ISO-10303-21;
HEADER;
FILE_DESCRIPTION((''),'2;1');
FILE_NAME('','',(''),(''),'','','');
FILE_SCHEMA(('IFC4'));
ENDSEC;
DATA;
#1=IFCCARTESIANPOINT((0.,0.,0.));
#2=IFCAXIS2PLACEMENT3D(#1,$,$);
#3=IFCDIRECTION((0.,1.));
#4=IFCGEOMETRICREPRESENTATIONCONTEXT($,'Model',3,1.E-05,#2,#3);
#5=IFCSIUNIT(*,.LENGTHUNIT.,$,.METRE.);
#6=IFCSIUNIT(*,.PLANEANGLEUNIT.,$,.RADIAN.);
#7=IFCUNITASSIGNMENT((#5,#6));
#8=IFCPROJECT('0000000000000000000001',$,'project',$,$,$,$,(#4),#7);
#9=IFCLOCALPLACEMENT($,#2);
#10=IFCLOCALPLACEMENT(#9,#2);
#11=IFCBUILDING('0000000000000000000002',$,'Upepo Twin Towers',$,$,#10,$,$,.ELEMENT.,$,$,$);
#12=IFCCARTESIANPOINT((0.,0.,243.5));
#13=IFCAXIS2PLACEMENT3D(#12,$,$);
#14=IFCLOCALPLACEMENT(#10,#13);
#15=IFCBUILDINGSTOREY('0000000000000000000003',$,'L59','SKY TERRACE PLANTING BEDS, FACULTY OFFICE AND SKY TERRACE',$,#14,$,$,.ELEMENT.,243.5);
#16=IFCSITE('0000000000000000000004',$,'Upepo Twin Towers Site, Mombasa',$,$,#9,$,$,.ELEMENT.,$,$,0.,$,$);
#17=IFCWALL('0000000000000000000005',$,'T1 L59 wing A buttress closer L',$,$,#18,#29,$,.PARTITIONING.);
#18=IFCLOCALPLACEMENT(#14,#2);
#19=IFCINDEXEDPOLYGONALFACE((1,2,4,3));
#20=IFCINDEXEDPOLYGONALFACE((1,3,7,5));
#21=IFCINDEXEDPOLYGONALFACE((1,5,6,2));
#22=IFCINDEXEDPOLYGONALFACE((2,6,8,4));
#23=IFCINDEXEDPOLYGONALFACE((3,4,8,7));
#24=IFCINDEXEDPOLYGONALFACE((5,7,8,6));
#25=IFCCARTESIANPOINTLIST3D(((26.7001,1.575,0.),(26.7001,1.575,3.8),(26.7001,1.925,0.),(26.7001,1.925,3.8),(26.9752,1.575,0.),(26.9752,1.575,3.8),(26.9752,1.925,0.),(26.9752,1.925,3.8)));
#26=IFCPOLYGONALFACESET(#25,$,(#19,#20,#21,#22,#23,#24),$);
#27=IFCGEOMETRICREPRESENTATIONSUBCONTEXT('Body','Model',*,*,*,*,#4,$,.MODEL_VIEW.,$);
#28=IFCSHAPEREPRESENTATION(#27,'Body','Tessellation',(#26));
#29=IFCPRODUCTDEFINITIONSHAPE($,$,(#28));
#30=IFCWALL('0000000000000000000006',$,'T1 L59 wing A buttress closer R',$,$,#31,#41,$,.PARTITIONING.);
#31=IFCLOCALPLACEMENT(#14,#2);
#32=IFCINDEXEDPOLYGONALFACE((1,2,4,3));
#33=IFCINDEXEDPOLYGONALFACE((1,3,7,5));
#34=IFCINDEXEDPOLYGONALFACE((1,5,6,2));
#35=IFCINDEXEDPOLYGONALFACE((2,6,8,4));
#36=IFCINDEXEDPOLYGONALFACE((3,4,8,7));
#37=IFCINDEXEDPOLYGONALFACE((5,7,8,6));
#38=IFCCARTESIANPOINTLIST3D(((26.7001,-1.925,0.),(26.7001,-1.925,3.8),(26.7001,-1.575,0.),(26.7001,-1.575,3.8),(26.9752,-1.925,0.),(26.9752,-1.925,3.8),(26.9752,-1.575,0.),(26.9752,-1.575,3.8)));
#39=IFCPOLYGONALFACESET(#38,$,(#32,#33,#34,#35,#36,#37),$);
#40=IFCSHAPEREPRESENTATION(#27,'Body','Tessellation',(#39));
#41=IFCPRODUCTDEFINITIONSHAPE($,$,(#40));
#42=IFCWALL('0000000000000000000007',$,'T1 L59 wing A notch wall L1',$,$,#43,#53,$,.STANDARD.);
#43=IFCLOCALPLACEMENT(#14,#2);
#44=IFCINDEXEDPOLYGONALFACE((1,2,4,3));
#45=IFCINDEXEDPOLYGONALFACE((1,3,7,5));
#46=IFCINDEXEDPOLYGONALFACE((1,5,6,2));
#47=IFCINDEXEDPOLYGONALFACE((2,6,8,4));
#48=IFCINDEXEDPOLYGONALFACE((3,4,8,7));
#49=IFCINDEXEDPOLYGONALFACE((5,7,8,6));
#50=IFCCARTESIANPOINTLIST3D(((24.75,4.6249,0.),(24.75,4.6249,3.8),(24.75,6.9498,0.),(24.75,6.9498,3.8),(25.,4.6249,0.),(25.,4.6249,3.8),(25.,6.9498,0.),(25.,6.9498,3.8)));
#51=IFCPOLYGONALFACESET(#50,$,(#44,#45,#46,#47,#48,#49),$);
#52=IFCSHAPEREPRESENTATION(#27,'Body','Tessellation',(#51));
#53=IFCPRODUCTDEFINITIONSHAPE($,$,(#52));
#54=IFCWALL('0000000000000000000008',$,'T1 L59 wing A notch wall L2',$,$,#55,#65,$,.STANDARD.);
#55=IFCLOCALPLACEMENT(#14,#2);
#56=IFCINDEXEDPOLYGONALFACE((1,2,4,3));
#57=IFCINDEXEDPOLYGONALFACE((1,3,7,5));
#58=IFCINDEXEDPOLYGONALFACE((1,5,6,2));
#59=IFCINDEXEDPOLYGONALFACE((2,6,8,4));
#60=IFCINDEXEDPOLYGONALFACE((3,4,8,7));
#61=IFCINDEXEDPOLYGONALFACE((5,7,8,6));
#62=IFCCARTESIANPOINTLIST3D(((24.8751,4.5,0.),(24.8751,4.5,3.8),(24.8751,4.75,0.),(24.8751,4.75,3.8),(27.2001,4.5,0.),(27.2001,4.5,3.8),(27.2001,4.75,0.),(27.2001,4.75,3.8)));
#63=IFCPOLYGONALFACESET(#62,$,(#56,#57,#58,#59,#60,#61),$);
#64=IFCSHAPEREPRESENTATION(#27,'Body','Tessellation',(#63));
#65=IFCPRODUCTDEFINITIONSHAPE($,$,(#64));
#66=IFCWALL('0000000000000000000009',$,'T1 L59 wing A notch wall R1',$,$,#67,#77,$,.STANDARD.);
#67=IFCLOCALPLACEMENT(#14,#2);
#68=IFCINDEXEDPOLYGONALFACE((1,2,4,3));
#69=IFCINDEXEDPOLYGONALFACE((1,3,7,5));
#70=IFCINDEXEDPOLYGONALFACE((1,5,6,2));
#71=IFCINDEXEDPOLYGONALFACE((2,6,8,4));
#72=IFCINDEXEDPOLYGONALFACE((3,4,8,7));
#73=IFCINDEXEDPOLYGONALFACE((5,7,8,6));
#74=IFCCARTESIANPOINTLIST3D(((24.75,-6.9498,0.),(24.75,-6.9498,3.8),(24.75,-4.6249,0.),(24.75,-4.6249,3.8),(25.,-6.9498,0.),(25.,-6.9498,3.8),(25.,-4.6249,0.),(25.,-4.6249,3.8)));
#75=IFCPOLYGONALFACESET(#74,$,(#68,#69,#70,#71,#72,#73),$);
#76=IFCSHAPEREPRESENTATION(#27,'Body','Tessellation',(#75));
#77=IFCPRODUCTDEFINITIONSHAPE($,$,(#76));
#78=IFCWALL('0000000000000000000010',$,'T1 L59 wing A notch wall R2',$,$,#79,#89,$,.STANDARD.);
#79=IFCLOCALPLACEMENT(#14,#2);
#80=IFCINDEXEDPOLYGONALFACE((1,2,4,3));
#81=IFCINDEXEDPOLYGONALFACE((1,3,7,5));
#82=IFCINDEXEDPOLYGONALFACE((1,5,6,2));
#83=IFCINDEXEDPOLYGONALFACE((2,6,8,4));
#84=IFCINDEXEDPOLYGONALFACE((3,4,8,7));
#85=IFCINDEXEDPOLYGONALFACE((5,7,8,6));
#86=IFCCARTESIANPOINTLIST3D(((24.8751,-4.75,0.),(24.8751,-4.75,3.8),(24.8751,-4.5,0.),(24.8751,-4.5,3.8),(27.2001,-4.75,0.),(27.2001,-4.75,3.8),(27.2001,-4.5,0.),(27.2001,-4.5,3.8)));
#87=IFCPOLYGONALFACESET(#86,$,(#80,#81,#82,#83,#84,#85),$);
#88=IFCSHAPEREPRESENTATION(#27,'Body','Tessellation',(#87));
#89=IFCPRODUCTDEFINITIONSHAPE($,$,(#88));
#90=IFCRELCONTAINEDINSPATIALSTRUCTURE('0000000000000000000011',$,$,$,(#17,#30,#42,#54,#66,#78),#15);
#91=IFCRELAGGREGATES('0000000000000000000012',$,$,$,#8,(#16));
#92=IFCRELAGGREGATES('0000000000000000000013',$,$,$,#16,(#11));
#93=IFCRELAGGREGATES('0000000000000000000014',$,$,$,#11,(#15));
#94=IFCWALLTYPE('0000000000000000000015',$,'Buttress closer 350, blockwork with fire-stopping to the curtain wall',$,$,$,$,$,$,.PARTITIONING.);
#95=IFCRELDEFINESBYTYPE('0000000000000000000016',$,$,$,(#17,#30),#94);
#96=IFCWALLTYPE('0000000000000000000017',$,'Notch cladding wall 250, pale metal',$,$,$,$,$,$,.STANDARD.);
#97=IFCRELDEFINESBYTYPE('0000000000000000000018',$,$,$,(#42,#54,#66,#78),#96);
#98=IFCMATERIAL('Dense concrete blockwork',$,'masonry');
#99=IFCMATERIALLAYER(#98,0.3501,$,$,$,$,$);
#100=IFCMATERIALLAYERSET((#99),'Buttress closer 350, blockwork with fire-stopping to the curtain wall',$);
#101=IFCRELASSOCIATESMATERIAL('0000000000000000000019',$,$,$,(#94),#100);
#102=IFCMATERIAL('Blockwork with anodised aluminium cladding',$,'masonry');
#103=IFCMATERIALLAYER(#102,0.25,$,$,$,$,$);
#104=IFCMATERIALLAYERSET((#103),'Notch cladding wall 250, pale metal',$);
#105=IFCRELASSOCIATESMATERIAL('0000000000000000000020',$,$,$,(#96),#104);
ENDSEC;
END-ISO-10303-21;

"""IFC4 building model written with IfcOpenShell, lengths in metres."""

from ifc_helpers import new_model, si_unit, direction, frame, frame_2d, origin, place, context, subcontext, project, spatial, rectangle, extrude, material, layer, layer_set, type_object, element, save


model = new_model("IFC4")

# Units and contexts
model_context = context("Model", 3, precision=1e-05, world=origin(), true_north=direction((0.0, 1.0)))
body_context = subcontext(model_context, "Body", "Model", "MODEL_VIEW")
ifc_project = project(units=[si_unit("LENGTHUNIT", "METRE"), si_unit("PLANEANGLEUNIT", "RADIAN")], contexts=[model_context])

# Site, building, storey
site_placement = place(None, origin())
site = spatial("IfcSite", under=ifc_project, at=site_placement, Name="Upepo Twin Towers Site, Mombasa", CompositionType="ELEMENT", RefElevation=0.0)
building_placement = place(site_placement, origin())
building = spatial("IfcBuilding", under=site, at=building_placement, Name="Upepo Twin Towers", CompositionType="ELEMENT")
storey_placement = place(building_placement, frame((0.0, 0.0, 243.5)))
storey = spatial("IfcBuildingStorey", under=building, at=storey_placement, Name="L59", Description="SKY TERRACE PLANTING BEDS, FACULTY OFFICE AND SKY TERRACE", CompositionType="ELEMENT", Elevation=243.5)

# Walls
ifc_material_1 = material(Name="Dense concrete blockwork", Category="masonry")
ifc_layer_1 = layer(ifc_material_1, 0.3501)
ifc_layer_set_1 = layer_set([ifc_layer_1], Name="Buttress closer 350, blockwork with fire-stopping to the curtain wall")
wall_type_1 = type_object("IfcWallType", Name="Buttress closer 350, blockwork with fire-stopping to the curtain wall", PredefinedType="PARTITIONING", material=ifc_layer_set_1)
for number, where, z_axis, x_axis, name in (
    (1, (26.7, 1.75, 0.0), (0.0, 0.0, 1.0), (1.0, 0.0, 0.0), "T1 L59 wing A buttress closer L"),
    (2, (26.7, -1.75, 0.0), (0.0, 0.0, 1.0), (1.0, 0.0, 0.0), "T1 L59 wing A buttress closer R"),
):
    element("IfcWall", number, at=place(storey_placement, frame(where, z_axis=z_axis, x_axis=x_axis)), inside=storey, type_object=wall_type_1, Name=name, PredefinedType="PARTITIONING", context=body_context, shape_type="SweptSolid", body=[
        extrude(rectangle(XDim=0.2751, YDim=0.3501, at=frame_2d((0.1377, 0.0))), origin(), (0.0, 0.0, 1.0), 3.8),
    ])
ifc_material_2 = material(Name="Blockwork with anodised aluminium cladding", Category="masonry")
ifc_layer_2 = layer(ifc_material_2, 0.25)
ifc_layer_set_2 = layer_set([ifc_layer_2], Name="Notch cladding wall 250, pale metal")
wall_type_2 = type_object("IfcWallType", Name="Notch cladding wall 250, pale metal", PredefinedType="STANDARD", material=ifc_layer_set_2)
for number, where, z_axis, x_axis, name in (
    (3, (24.875, 6.95, 0.0), (0.0, 0.0, 1.0), (0.0, -1.0, 0.0), "T1 L59 wing A notch wall L1"),
    (4, (24.875, 4.625, 0.0), (0.0, 0.0, 1.0), (1.0, 0.0, 0.0), "T1 L59 wing A notch wall L2"),
    (5, (24.875, -6.95, 0.0), (0.0, 0.0, 1.0), (0.0, 1.0, 0.0), "T1 L59 wing A notch wall R1"),
    (6, (24.875, -4.625, 0.0), (0.0, 0.0, 1.0), (1.0, 0.0, 0.0), "T1 L59 wing A notch wall R2"),
):
    element("IfcWall", number, at=place(storey_placement, frame(where, z_axis=z_axis, x_axis=x_axis)), inside=storey, type_object=wall_type_2, Name=name, PredefinedType="STANDARD", context=body_context, shape_type="SweptSolid", body=[
        extrude(rectangle(XDim=2.325, YDim=0.25, at=frame_2d((1.1626, 0.0))), origin(), (0.0, 0.0, 1.0), 3.8),
    ])

save(model, "model.ifc")
